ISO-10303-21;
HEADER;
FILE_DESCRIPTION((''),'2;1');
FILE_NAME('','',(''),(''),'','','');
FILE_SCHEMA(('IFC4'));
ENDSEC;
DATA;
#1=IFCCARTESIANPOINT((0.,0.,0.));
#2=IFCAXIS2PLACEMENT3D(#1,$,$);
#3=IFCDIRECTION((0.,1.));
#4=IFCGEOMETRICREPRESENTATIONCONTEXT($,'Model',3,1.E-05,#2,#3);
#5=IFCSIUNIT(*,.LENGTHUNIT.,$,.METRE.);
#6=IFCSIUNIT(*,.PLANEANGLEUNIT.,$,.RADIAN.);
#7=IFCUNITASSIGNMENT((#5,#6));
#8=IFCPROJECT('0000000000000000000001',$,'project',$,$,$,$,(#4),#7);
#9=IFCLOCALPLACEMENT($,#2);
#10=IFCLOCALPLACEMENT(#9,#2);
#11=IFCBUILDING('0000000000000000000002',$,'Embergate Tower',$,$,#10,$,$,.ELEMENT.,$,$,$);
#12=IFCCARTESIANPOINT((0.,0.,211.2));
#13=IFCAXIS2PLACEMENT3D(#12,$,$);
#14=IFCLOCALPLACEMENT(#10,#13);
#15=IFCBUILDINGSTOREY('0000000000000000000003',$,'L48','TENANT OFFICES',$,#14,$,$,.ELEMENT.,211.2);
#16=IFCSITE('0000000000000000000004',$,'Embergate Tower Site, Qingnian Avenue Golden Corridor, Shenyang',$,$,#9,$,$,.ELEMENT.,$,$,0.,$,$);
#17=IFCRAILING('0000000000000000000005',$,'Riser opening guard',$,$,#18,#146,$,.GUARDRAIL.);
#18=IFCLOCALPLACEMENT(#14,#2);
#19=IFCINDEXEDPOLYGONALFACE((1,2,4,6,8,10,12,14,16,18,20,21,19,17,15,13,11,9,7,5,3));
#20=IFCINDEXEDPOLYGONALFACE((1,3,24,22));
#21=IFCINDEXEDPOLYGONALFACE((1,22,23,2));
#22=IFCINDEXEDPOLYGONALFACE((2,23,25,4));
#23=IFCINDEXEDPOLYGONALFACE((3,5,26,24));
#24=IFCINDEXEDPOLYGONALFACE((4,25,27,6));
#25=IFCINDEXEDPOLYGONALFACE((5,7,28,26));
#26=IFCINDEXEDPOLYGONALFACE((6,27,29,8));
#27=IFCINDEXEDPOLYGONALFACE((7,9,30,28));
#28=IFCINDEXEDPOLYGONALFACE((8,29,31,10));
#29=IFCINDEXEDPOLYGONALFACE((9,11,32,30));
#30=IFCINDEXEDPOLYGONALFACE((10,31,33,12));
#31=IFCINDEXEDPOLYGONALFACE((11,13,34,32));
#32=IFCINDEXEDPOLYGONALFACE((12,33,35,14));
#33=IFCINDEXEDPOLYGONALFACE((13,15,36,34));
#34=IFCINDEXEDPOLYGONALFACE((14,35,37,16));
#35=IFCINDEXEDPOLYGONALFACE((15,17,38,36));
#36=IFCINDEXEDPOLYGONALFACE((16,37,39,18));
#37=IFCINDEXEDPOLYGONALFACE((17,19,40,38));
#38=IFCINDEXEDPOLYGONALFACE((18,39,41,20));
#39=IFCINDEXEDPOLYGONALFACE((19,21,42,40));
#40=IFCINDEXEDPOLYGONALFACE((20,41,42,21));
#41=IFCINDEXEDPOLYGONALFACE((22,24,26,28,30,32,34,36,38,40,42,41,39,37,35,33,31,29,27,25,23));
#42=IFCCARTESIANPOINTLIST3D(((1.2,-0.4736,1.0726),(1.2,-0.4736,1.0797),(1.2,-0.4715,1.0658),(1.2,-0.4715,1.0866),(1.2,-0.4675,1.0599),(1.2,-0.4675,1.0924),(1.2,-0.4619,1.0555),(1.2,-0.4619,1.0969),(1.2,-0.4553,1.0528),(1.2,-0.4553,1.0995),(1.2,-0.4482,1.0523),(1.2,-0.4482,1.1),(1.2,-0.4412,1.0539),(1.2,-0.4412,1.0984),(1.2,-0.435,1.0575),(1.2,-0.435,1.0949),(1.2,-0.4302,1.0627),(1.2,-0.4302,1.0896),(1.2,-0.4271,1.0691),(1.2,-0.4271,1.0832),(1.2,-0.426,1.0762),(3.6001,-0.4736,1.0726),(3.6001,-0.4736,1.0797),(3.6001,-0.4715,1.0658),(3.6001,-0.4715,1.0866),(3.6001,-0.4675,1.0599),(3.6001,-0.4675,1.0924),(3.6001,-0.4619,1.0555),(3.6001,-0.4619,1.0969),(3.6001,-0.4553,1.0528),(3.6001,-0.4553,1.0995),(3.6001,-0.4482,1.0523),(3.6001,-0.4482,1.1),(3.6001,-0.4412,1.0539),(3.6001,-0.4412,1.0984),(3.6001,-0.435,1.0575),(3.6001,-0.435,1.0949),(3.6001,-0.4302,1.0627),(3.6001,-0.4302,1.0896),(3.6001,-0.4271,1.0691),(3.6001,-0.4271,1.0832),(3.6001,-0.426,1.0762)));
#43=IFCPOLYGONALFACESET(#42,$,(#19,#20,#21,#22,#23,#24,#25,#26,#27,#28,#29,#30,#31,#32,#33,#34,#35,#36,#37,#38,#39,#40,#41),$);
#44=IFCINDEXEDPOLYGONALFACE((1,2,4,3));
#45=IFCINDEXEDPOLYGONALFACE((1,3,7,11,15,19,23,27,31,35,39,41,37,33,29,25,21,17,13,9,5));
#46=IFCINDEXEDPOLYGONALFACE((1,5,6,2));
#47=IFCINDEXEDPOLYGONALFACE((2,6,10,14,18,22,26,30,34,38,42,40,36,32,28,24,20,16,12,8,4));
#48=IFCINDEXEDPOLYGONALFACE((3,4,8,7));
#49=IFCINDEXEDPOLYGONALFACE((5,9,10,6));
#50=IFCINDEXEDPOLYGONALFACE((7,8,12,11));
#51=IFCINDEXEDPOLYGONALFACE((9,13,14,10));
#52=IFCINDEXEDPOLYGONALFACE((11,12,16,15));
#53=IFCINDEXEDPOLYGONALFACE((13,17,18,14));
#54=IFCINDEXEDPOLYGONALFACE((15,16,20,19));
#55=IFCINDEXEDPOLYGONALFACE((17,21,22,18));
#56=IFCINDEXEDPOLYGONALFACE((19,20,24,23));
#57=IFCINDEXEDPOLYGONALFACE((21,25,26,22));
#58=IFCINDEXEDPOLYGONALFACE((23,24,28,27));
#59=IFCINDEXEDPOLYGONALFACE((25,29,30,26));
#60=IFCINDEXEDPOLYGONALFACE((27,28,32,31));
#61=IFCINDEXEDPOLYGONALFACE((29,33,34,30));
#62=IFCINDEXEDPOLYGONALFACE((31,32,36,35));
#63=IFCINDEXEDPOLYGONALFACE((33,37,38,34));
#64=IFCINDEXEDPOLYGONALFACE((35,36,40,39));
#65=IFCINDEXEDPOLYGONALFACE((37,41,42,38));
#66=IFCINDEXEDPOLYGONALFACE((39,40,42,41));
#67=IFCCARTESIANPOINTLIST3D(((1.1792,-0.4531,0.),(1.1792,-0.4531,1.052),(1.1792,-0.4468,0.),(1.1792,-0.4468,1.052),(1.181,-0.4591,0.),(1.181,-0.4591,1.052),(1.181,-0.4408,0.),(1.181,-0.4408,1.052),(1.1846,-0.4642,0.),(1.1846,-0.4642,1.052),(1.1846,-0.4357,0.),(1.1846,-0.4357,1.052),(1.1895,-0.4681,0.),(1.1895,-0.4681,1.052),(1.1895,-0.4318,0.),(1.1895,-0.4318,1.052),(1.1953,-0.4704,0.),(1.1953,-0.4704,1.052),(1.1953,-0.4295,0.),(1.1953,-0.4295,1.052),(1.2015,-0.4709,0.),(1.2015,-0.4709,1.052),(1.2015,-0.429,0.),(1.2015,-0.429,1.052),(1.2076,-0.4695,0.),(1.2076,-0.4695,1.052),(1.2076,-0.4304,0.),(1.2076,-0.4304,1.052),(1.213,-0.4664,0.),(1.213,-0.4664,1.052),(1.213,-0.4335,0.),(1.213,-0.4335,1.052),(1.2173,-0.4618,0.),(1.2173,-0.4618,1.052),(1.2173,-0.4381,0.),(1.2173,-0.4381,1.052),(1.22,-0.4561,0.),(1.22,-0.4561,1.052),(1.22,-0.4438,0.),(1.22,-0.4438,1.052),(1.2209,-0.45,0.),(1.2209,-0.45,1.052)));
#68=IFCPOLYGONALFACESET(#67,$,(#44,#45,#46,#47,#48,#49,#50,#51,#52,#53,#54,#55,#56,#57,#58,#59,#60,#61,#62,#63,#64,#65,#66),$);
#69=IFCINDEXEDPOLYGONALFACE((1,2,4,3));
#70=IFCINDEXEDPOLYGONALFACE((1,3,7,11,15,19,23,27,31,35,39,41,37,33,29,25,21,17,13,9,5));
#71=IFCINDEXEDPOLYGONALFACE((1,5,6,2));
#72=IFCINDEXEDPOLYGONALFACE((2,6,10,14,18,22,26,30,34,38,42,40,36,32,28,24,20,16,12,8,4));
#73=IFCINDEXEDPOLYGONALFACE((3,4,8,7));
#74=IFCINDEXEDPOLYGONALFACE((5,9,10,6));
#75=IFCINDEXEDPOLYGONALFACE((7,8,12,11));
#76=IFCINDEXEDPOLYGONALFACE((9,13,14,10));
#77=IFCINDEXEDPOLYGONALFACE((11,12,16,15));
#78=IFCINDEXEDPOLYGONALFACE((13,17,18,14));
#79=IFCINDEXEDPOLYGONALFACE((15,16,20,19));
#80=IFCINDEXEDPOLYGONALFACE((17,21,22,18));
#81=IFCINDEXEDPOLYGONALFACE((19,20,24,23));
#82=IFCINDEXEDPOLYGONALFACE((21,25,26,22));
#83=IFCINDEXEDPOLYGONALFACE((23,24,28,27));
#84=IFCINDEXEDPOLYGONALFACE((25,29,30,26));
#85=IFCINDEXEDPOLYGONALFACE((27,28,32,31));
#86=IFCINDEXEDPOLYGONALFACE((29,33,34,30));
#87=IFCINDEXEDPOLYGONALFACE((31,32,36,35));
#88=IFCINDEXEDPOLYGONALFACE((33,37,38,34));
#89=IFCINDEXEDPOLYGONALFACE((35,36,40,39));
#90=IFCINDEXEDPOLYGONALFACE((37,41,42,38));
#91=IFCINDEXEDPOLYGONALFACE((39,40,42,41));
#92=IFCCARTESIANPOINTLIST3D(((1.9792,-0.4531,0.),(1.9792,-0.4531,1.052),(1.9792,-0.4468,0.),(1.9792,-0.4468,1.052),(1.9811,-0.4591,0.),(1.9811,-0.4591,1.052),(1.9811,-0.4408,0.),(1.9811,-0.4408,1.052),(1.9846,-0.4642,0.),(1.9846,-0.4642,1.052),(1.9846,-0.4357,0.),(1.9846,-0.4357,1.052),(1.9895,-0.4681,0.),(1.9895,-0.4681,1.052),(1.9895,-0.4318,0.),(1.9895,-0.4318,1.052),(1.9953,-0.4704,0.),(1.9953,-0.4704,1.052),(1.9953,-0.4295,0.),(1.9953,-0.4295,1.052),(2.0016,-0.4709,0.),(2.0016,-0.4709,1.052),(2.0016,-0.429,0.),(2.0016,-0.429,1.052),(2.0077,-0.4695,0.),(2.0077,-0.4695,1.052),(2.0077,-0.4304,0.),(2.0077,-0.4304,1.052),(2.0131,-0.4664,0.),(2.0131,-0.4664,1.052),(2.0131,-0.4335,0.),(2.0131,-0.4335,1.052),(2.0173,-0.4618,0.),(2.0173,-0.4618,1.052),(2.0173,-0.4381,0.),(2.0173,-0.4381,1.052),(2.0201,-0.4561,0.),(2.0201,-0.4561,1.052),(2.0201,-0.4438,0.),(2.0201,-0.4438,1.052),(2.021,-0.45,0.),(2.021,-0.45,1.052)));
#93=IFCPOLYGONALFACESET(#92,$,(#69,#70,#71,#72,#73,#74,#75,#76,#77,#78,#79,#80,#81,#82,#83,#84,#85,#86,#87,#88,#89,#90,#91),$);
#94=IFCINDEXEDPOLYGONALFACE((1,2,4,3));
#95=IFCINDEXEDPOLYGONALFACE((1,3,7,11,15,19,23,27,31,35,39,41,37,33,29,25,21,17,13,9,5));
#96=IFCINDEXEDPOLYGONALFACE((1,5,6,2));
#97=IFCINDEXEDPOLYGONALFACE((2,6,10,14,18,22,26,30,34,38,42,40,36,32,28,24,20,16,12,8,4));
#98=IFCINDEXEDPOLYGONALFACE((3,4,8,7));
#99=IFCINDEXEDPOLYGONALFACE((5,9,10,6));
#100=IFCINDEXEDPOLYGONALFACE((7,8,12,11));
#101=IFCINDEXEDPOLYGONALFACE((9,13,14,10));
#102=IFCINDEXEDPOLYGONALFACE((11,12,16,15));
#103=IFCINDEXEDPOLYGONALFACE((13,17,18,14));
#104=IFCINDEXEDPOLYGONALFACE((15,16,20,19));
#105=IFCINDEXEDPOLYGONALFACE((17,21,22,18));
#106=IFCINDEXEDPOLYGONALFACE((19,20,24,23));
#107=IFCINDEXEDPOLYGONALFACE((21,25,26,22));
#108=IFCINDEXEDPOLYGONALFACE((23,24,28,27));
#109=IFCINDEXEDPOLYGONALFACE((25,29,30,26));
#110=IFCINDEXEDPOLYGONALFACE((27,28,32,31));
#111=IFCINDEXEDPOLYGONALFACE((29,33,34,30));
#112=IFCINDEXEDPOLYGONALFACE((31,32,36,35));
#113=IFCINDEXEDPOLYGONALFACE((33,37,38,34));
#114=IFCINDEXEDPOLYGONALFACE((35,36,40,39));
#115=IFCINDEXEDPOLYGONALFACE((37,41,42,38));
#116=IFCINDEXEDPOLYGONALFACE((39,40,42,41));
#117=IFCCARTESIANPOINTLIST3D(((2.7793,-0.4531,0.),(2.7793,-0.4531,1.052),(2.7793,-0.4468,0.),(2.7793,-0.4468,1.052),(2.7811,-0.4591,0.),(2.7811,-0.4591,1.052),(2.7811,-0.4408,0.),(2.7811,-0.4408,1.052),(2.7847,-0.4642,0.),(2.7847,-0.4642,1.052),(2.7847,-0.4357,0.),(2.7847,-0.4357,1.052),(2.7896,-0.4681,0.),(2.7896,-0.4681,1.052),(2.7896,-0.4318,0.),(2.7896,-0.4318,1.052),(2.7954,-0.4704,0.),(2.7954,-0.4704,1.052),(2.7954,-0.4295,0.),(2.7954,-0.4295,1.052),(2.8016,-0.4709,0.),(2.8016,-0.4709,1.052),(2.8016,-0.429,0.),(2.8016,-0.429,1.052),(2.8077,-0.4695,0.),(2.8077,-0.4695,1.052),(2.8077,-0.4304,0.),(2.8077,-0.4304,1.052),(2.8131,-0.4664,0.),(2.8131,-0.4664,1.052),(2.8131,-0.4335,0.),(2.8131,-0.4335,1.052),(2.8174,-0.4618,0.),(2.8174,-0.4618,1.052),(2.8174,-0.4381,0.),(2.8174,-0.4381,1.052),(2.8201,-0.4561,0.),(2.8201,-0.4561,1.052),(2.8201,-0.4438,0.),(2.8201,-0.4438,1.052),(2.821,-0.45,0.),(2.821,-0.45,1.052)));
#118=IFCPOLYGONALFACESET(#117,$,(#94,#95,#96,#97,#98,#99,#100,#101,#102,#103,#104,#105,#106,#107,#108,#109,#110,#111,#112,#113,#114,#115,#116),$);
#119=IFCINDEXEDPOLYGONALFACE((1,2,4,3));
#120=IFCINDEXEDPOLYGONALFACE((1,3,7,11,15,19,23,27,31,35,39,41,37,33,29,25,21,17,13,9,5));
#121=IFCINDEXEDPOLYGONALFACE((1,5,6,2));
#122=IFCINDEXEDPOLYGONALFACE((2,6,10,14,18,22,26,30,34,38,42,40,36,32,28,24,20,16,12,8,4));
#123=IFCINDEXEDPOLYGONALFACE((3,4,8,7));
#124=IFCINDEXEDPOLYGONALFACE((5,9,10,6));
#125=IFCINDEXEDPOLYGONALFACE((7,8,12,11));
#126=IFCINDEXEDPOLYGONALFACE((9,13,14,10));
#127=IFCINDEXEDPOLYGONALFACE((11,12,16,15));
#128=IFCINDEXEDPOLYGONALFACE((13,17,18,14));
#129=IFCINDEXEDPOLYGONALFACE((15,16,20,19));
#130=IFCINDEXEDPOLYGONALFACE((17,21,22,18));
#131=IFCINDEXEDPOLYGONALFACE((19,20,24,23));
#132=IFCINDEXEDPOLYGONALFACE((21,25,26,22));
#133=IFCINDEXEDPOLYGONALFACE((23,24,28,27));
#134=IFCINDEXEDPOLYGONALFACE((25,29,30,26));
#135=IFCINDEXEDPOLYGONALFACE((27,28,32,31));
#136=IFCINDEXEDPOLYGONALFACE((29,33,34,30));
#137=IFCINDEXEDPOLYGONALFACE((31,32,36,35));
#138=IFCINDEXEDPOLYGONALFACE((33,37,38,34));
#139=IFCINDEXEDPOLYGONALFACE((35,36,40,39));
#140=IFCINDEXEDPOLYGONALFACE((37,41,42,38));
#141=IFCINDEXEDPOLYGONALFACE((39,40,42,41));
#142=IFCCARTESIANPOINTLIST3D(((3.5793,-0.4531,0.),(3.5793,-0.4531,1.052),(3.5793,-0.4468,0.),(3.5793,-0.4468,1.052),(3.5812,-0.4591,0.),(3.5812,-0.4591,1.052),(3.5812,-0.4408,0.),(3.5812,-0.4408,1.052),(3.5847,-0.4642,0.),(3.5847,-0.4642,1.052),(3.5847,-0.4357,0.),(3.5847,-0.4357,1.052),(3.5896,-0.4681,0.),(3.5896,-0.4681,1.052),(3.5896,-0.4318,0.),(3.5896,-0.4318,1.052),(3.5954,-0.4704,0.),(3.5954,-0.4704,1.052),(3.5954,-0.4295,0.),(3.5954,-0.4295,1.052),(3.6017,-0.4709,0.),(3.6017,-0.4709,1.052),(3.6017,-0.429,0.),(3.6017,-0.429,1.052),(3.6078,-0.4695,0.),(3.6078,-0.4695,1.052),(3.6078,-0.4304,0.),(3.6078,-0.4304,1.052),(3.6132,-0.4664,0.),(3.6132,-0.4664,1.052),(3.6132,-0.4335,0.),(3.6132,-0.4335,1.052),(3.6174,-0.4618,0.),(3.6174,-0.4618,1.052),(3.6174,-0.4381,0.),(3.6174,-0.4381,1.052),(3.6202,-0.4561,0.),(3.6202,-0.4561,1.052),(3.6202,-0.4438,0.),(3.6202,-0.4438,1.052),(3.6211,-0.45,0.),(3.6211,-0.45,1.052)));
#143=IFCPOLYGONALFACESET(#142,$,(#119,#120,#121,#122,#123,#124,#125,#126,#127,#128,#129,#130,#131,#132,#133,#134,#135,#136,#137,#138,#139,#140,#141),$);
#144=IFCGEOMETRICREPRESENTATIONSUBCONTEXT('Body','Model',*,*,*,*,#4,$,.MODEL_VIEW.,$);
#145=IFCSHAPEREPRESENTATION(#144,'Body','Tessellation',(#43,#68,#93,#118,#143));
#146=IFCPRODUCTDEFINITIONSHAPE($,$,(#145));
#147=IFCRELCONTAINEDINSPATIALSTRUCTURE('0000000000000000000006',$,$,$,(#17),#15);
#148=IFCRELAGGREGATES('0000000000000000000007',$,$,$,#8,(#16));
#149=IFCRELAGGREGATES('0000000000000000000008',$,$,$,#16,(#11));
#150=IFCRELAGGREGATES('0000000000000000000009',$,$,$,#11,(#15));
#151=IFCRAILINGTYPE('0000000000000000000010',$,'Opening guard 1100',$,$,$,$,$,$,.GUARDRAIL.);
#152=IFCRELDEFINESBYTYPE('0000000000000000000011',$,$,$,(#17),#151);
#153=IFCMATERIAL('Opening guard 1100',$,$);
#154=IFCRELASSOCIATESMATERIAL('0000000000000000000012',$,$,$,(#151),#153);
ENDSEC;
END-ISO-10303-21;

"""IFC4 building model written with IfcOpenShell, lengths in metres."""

from ifc_helpers import new_model, si_unit, direction, frame, origin, origin_2d, place, context, subcontext, project, spatial, circle, extrude, source, transform, mapped, material, type_object, element, save


model = new_model("IFC4")

# Units and contexts
model_context = context("Model", 3, precision=1e-05, world=origin(), true_north=direction((0.0, 1.0)))
body_context = subcontext(model_context, "Body", "Model", "MODEL_VIEW")
ifc_project = project(units=[si_unit("LENGTHUNIT", "METRE"), si_unit("PLANEANGLEUNIT", "RADIAN")], contexts=[model_context])

# Site, building, storey
site_placement = place(None, origin())
site = spatial("IfcSite", under=ifc_project, at=site_placement, Name="Embergate Tower Site, Qingnian Avenue Golden Corridor, Shenyang", CompositionType="ELEMENT", RefElevation=0.0)
building_placement = place(site_placement, origin())
building = spatial("IfcBuilding", under=site, at=building_placement, Name="Embergate Tower", CompositionType="ELEMENT")
storey_placement = place(building_placement, frame((0.0, 0.0, 211.2)))
storey = spatial("IfcBuildingStorey", under=building, at=storey_placement, Name="L48", Description="TENANT OFFICES", CompositionType="ELEMENT", Elevation=211.2)

# Railing
ifc_material_1 = material(Name="Opening guard 1100")
railing_type_1 = type_object("IfcRailingType", Name="Opening guard 1100", PredefinedType="GUARDRAIL", material=ifc_material_1)
shared_shape_1 = source(origin(), body_context, "Body", "SweptSolid", [
    extrude(circle(Radius=0.0239, at=origin_2d()), frame((0.0, 0.0, 1.0762), z_axis=(1.0, 0.0, 0.0), x_axis=(0.0, 1.0, 0.0)), (0.0, 0.0, 1.0), 2.4001),
    extrude(circle(Radius=0.021, at=origin_2d()), origin(), (0.0, 0.0, 1.0), 1.052),
    extrude(circle(Radius=0.021, at=origin_2d()), frame((0.8, 0.0, 0.0)), (0.0, 0.0, 1.0), 1.052),
    extrude(circle(Radius=0.021, at=origin_2d()), frame((1.6001, 0.0, 0.0)), (0.0, 0.0, 1.0), 1.052),
    extrude(circle(Radius=0.021, at=origin_2d()), frame((2.4001, 0.0, 0.0)), (0.0, 0.0, 1.0), 1.052),
])
railing_1_placement = place(storey_placement, frame((1.2, -0.45, 0.0)))
element("IfcRailing", 1, at=railing_1_placement, inside=storey, type_object=railing_type_1, Name="Riser opening guard", PredefinedType="GUARDRAIL", context=body_context, shape_type="MappedRepresentation", body=[
    mapped(shared_shape_1, transform((0.0, 0.0, 0.0))),
])

save(model, "model.ifc")
